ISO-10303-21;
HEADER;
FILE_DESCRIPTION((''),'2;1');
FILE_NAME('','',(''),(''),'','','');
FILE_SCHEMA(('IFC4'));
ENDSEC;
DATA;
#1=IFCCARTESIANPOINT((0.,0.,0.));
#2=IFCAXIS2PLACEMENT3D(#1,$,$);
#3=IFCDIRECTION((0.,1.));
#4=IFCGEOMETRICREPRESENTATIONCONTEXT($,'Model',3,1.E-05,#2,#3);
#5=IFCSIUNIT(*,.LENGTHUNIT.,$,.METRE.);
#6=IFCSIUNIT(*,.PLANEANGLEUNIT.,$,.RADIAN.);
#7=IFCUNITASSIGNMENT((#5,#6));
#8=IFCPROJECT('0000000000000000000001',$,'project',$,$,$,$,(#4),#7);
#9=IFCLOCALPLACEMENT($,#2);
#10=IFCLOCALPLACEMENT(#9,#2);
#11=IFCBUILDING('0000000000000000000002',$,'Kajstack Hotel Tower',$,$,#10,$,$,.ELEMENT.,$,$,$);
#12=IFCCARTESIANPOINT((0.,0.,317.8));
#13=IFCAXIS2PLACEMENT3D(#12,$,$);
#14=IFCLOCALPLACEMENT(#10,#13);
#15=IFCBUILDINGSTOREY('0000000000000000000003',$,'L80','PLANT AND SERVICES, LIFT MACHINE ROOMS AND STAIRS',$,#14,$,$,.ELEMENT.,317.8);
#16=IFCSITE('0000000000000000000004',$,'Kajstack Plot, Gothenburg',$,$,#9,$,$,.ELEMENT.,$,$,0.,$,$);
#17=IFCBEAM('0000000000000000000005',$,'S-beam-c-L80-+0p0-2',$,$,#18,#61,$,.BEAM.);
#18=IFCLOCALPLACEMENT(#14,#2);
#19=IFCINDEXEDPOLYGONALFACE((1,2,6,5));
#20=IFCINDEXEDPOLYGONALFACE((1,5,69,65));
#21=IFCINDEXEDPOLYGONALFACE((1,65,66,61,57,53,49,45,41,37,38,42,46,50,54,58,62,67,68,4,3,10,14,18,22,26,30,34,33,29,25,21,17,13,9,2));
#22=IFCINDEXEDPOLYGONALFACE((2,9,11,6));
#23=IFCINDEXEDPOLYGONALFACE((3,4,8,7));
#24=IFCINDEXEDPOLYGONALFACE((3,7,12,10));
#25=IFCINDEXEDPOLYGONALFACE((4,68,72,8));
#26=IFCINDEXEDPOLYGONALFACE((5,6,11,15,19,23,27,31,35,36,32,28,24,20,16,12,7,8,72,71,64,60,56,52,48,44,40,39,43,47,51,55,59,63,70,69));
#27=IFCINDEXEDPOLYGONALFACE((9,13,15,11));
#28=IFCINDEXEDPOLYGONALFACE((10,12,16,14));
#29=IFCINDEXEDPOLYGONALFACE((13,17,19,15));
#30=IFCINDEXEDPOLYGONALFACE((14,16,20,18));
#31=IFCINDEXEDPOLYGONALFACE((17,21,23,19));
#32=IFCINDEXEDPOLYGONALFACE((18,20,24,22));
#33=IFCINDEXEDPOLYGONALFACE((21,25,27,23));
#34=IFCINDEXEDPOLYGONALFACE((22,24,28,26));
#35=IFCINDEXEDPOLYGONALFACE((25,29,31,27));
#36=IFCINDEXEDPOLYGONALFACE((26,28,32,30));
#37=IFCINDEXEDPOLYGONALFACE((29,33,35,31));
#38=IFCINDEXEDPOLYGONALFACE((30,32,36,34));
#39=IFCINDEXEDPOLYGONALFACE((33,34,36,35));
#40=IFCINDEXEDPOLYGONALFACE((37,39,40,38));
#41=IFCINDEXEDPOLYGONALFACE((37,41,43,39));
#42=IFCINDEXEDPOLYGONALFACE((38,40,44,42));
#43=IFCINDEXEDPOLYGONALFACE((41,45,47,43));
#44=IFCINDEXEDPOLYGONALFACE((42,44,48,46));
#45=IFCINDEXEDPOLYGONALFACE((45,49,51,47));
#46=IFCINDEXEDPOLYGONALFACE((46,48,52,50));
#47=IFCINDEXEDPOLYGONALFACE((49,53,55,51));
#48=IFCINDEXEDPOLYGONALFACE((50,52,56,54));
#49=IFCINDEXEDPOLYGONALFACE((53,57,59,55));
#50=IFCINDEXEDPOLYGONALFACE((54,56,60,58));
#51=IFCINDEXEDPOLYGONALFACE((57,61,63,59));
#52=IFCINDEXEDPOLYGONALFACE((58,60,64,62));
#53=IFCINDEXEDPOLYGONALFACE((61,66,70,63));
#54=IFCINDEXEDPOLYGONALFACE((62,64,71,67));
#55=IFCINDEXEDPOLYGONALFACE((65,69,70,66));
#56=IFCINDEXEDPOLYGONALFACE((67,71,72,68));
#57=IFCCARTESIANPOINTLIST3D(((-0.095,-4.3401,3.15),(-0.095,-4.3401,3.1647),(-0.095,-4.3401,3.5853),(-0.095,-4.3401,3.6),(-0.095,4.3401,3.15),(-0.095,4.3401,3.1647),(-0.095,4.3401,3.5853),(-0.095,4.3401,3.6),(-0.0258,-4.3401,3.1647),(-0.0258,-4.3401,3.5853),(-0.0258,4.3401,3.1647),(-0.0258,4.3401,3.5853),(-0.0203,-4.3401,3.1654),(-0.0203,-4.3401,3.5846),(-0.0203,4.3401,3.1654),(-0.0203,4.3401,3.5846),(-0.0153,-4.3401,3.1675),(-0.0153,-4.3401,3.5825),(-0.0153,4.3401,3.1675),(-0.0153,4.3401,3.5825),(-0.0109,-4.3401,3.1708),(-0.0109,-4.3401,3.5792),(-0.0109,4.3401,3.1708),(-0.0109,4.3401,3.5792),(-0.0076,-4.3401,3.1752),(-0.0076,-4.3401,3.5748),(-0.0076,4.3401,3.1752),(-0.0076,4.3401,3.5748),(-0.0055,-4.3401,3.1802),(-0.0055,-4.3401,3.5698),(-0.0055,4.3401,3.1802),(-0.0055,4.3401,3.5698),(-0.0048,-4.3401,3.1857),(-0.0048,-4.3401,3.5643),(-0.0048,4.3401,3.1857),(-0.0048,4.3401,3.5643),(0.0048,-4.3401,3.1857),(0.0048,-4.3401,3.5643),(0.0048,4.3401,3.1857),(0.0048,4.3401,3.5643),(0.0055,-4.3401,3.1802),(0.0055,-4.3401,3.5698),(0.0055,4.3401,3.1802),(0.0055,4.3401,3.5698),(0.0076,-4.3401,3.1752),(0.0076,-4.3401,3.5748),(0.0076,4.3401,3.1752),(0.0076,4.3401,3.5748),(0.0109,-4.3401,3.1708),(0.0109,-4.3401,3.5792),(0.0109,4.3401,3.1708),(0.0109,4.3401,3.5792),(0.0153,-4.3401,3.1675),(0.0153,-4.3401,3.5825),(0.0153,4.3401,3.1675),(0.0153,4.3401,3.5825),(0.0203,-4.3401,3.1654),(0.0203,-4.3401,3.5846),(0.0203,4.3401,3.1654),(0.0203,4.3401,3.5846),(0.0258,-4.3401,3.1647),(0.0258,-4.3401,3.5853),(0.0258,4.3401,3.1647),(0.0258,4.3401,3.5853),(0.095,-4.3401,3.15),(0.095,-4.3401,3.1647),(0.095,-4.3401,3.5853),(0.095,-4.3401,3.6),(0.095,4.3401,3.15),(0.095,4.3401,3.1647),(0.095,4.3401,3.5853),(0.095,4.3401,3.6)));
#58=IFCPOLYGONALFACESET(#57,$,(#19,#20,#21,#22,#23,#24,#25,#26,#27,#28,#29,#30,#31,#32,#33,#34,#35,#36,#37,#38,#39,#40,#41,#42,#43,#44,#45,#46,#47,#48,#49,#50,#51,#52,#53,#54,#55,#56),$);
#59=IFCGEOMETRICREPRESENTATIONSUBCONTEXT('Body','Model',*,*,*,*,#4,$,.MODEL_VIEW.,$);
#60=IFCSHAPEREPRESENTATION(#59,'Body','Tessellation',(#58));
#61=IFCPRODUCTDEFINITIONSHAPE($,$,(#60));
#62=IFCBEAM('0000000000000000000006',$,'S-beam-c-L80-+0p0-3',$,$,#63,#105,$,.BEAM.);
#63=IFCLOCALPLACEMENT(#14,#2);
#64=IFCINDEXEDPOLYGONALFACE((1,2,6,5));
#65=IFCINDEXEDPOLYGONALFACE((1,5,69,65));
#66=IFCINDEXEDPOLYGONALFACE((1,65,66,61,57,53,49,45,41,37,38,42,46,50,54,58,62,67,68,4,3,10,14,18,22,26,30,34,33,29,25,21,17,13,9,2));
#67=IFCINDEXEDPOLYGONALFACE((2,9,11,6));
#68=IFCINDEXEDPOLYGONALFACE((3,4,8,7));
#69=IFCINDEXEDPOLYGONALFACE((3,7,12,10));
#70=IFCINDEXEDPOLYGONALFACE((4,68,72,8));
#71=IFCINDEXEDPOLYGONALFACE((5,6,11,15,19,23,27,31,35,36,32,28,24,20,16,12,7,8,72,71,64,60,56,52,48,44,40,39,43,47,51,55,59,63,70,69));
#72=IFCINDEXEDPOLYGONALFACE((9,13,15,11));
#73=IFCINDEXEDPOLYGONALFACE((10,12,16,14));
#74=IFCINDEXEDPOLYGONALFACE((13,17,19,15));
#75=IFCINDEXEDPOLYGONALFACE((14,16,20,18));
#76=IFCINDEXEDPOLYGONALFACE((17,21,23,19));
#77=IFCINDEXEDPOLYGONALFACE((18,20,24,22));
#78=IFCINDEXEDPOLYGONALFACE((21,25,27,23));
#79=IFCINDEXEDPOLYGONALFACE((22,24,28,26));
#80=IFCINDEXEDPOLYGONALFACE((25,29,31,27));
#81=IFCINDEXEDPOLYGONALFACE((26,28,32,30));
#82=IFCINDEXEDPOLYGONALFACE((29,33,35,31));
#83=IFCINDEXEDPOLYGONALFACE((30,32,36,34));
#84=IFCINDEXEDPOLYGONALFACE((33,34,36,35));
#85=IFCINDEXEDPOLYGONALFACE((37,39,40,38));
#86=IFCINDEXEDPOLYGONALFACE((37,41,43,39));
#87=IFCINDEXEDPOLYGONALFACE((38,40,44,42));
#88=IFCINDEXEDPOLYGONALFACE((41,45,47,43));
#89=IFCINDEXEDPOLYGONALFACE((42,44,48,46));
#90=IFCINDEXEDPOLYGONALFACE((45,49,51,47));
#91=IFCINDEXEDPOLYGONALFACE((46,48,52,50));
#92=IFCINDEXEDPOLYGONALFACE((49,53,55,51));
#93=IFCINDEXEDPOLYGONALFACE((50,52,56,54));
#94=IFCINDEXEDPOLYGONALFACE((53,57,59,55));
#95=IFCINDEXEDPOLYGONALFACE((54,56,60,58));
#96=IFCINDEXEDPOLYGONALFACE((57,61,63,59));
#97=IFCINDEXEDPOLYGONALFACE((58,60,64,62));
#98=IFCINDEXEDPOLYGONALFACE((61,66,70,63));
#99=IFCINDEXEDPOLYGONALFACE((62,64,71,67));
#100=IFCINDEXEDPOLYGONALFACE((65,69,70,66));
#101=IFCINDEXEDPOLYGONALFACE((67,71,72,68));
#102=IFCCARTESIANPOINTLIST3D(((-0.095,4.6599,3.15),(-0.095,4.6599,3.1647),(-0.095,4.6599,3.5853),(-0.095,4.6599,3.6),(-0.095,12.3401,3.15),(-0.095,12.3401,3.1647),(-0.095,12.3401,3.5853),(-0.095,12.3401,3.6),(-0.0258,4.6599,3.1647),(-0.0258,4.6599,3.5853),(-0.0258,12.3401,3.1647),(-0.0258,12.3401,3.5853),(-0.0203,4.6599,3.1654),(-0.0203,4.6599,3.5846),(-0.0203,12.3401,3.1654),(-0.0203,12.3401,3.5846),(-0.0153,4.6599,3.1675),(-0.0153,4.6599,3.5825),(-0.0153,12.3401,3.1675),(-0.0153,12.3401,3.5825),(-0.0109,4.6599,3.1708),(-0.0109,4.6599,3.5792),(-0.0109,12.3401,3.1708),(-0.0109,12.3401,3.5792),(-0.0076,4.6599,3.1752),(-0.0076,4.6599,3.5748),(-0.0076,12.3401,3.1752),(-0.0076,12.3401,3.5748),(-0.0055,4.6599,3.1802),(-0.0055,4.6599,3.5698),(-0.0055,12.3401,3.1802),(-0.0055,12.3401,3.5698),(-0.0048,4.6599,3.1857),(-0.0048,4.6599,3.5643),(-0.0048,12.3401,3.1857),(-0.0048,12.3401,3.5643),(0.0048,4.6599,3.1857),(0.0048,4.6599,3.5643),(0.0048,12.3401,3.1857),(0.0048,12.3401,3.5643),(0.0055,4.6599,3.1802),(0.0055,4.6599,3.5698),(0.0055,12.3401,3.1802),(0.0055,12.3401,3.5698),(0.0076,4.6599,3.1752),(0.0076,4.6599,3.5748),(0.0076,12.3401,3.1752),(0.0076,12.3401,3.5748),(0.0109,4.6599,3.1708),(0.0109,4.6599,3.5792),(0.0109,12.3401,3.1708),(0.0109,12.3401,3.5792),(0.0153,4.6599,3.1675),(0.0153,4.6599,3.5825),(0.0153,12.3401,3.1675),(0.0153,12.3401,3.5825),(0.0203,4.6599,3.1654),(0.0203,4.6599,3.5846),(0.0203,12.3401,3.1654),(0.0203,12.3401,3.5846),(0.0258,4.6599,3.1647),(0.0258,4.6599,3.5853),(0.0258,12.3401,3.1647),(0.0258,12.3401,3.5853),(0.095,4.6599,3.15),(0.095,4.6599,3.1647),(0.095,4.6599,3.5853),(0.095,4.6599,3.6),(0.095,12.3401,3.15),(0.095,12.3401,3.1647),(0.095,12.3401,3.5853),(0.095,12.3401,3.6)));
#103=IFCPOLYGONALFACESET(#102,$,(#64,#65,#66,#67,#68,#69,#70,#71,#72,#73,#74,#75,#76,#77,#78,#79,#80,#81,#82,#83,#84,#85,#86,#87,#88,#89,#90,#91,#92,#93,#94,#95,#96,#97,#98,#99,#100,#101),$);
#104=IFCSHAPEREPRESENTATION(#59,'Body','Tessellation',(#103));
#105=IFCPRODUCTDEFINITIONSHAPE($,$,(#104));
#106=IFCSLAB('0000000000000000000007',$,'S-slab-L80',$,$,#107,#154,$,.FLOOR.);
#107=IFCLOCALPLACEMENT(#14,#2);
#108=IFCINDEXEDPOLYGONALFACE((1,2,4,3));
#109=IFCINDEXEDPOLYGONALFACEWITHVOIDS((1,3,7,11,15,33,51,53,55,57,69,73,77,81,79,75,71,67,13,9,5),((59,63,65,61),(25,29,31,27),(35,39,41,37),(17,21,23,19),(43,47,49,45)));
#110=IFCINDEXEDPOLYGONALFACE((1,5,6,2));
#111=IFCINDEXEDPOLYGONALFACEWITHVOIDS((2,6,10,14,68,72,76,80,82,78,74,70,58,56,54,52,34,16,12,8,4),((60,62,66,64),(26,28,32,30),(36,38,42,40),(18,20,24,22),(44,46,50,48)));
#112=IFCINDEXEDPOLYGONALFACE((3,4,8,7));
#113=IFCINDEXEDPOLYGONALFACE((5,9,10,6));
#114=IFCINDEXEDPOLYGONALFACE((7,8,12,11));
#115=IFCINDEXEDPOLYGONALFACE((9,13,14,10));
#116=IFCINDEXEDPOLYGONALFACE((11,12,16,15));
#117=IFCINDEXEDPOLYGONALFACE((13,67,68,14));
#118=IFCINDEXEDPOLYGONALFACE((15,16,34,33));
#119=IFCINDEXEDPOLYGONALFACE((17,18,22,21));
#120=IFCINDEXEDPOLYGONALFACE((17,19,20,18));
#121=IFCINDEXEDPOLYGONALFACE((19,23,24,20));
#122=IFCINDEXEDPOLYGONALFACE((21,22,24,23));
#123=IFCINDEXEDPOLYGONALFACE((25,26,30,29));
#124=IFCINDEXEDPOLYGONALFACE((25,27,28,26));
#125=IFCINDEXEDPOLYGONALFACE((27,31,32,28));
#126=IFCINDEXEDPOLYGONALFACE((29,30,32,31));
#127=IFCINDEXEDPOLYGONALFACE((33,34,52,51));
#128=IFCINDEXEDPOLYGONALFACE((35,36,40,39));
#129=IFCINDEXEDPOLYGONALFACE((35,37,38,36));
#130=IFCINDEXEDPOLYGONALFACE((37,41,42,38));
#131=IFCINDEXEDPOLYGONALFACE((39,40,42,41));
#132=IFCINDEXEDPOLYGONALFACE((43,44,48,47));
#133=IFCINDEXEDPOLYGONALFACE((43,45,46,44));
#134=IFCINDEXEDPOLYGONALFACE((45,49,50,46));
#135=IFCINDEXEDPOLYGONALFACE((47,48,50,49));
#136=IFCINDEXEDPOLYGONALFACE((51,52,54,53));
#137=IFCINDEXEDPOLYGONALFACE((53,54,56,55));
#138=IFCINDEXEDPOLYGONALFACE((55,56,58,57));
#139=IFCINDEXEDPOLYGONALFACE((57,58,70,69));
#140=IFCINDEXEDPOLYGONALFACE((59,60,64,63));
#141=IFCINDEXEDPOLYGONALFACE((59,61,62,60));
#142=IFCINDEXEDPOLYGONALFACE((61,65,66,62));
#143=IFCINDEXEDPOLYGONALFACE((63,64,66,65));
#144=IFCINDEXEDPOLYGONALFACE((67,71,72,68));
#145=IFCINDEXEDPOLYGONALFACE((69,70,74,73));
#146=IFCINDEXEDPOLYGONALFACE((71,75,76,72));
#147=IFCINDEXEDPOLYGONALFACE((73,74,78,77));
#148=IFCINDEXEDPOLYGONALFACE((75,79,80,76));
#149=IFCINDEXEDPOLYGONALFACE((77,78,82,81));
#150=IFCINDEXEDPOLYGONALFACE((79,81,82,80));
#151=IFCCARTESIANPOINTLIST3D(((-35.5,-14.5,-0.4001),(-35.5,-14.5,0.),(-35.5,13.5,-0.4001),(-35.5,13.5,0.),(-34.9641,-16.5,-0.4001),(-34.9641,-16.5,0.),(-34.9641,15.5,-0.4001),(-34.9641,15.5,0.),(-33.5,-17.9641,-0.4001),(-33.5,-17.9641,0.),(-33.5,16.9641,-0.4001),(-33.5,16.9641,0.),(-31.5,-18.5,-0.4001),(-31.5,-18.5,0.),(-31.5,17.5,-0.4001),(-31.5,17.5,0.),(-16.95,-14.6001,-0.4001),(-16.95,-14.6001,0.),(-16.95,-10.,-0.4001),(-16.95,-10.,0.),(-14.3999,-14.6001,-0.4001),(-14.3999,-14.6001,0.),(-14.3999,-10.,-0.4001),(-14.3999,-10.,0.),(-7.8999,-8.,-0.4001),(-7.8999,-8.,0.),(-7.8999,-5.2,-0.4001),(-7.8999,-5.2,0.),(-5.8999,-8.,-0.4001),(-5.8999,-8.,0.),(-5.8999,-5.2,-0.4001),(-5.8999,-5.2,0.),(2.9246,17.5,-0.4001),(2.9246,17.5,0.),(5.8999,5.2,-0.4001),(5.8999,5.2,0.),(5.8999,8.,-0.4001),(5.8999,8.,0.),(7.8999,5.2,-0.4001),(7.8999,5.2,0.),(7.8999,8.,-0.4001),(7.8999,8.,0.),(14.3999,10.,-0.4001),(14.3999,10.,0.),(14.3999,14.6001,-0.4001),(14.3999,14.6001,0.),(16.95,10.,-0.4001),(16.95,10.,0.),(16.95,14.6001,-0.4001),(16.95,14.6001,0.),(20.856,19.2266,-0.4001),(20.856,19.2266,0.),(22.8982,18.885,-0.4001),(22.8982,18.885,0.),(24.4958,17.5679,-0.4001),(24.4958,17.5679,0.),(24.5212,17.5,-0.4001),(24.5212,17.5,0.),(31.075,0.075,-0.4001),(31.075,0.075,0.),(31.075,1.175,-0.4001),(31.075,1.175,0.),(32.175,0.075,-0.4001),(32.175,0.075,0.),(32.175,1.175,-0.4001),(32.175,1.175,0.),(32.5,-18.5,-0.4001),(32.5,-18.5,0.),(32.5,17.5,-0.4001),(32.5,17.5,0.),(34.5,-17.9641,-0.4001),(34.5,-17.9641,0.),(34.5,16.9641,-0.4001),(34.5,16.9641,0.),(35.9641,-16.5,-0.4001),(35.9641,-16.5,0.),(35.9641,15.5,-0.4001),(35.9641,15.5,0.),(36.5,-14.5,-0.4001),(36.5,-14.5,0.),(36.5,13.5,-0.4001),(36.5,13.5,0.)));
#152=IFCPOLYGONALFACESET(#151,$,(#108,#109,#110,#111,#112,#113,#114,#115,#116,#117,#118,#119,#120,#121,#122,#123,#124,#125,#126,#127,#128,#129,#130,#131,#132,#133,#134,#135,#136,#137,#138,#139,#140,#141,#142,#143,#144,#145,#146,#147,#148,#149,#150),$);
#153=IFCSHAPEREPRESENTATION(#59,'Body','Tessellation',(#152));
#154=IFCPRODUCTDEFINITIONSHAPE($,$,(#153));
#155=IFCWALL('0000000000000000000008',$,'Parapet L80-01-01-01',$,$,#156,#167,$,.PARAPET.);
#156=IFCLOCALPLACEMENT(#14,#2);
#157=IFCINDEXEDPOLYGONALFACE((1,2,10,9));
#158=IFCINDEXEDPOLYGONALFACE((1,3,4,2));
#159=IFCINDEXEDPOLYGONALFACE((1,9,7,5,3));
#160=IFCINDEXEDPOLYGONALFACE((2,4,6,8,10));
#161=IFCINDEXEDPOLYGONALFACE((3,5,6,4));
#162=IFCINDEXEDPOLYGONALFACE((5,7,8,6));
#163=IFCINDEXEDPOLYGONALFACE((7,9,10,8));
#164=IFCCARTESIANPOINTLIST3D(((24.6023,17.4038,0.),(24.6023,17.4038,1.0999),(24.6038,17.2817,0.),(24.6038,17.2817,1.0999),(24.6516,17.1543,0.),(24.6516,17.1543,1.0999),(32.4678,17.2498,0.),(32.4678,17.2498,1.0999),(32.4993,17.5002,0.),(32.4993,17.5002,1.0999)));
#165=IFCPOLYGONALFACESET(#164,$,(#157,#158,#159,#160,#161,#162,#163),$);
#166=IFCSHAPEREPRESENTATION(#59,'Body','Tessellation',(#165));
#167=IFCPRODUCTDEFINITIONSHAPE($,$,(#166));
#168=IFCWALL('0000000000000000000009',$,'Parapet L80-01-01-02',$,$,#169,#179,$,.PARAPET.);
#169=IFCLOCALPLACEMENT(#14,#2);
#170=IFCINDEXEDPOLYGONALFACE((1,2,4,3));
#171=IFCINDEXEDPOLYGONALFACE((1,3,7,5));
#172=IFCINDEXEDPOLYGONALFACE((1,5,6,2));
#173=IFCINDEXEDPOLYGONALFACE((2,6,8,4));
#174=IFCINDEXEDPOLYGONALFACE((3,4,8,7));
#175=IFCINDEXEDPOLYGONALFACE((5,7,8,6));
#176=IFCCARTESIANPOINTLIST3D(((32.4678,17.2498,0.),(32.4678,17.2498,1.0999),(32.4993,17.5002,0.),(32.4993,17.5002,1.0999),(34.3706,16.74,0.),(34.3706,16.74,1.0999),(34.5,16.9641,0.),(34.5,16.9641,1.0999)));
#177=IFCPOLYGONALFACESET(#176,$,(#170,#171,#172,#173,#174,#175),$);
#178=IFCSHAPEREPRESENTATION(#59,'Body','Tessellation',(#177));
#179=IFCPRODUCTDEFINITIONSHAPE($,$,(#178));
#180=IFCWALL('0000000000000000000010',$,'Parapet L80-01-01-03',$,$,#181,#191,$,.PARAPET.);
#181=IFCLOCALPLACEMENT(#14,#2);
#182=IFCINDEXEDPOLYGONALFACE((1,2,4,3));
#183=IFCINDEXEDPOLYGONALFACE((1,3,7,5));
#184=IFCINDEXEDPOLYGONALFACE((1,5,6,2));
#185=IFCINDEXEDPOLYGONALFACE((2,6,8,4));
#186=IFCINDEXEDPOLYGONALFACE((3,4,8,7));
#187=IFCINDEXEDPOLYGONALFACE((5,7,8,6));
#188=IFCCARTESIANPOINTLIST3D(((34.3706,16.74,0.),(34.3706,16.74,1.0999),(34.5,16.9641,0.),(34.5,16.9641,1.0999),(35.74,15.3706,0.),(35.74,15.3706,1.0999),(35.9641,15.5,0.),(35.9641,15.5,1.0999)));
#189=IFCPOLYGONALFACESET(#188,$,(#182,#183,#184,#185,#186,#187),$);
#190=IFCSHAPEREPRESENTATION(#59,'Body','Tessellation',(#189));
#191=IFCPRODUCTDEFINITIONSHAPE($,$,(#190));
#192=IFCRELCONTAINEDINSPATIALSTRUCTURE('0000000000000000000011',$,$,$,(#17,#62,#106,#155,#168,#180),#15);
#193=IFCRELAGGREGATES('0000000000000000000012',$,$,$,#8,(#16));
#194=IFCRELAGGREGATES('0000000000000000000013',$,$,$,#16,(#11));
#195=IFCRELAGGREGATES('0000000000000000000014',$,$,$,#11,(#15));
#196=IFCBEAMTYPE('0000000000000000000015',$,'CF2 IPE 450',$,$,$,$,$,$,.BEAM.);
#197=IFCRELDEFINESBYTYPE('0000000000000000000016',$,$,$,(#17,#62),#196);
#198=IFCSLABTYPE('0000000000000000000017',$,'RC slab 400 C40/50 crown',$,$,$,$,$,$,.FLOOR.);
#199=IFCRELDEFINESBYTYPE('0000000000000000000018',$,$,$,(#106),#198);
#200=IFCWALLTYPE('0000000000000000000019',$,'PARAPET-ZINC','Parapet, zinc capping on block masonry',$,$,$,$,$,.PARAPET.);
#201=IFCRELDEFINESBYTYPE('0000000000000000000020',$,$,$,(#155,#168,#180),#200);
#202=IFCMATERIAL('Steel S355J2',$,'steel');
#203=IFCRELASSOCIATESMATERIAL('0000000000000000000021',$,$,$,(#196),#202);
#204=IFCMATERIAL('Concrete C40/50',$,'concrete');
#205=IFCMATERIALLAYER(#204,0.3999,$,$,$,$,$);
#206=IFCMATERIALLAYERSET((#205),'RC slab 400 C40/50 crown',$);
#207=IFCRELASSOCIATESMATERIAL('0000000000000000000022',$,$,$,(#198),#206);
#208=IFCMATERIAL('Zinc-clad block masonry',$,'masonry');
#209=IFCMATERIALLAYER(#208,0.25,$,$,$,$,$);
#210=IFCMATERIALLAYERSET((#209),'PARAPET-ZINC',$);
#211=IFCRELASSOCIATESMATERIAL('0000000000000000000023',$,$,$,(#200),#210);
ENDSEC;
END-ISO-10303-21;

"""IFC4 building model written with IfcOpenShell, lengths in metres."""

from ifc_helpers import new_model, si_unit, direction, frame, origin, origin_2d, place, context, subcontext, project, spatial, polyline, i_section, outline, extrude, material, layer, layer_set, material_profile, profile_set, type_object, element, save


model = new_model("IFC4")

# Units and contexts
model_context = context("Model", 3, precision=1e-05, world=origin(), true_north=direction((0.0, 1.0)))
body_context = subcontext(model_context, "Body", "Model", "MODEL_VIEW")
ifc_project = project(units=[si_unit("LENGTHUNIT", "METRE"), si_unit("PLANEANGLEUNIT", "RADIAN")], contexts=[model_context])

# Site, building, storey
site_placement = place(None, origin())
site = spatial("IfcSite", under=ifc_project, at=site_placement, Name="Kajstack Plot, Gothenburg", CompositionType="ELEMENT", RefElevation=0.0)
building_placement = place(site_placement, origin())
building = spatial("IfcBuilding", under=site, at=building_placement, Name="Kajstack Hotel Tower", CompositionType="ELEMENT")
storey_placement = place(building_placement, frame((0.0, 0.0, 317.8)))
storey = spatial("IfcBuildingStorey", under=building, at=storey_placement, Name="L80", Description="PLANT AND SERVICES, LIFT MACHINE ROOMS AND STAIRS", CompositionType="ELEMENT", Elevation=317.8)

# Shared definitions
ifc_material_1 = material(Name="Steel S355J2", Category="steel")

# Beams
ifc_material_profile_1 = material_profile(ifc_material_1, i_section(OverallWidth=0.1899, OverallDepth=0.45, WebThickness=0.0095, FlangeThickness=0.0146, FilletRadius=0.021, at=origin_2d()), Name="IPE 450")
ifc_profile_set_1 = profile_set([ifc_material_profile_1], Name="Steel S355J2")
beam_type = type_object("IfcBeamType", Name="CF2 IPE 450", PredefinedType="BEAM", material=ifc_profile_set_1)
beam_1_placement = place(storey_placement, frame((0.0, -4.3401, 3.375), z_axis=(0.0, 1.0, 0.0), x_axis=(-1.0, 0.0, 0.0)))
element("IfcBeam", 1, at=beam_1_placement, inside=storey, type_object=beam_type, Name="S-beam-c-L80-+0p0-2", PredefinedType="BEAM", context=body_context, shape_type="SweptSolid", body=[
    extrude(i_section(OverallWidth=0.1899, OverallDepth=0.45, WebThickness=0.0095, FlangeThickness=0.0146, FilletRadius=0.021, at=origin_2d()), origin(), (0.0, 0.0, 1.0), 8.6802),
])
beam_2_placement = place(storey_placement, frame((0.0, 4.6599, 3.375), z_axis=(0.0, 1.0, 0.0), x_axis=(-1.0, 0.0, 0.0)))
element("IfcBeam", 2, at=beam_2_placement, inside=storey, type_object=beam_type, Name="S-beam-c-L80-+0p0-3", PredefinedType="BEAM", context=body_context, shape_type="SweptSolid", body=[
    extrude(i_section(OverallWidth=0.1899, OverallDepth=0.45, WebThickness=0.0095, FlangeThickness=0.0146, FilletRadius=0.021, at=origin_2d()), origin(), (0.0, 0.0, 1.0), 7.6802),
])

# Slab
ifc_material_2 = material(Name="Concrete C40/50", Category="concrete")
ifc_layer_1 = layer(ifc_material_2, 0.3999)
ifc_layer_set_1 = layer_set([ifc_layer_1], Name="RC slab 400 C40/50 crown")
slab_type = type_object("IfcSlabType", Name="RC slab 400 C40/50 crown", PredefinedType="FLOOR", material=ifc_layer_set_1)
slab_placement = place(storey_placement, frame((0.0, 0.0, -0.4001)))
element("IfcSlab", 3, at=slab_placement, inside=storey, type_object=slab_type, Name="S-slab-L80", PredefinedType="FLOOR", context=body_context, shape_type="SweptSolid", body=[
    extrude(outline(polyline([(32.5, 17.5), (34.5, 16.9641), (35.9641, 15.5), (36.5, 13.5), (36.5, -14.5), (35.9641, -16.5), (34.5, -17.9641), (32.5, -18.5), (-31.5, -18.5), (-33.5, -17.9641), (-34.9641, -16.5), (-35.5, -14.5), (-35.5, 13.5), (-34.9641, 15.5), (-33.5, 16.9641), (-31.5, 17.5), (2.9246, 17.5), (20.856, 19.2266), (22.8982, 18.885), (24.4958, 17.5679), (24.5212, 17.5), (32.5, 17.5)]), holes=[polyline([(-7.8999, -8.0), (-5.8999, -8.0), (-5.8999, -5.2), (-7.8999, -5.2), (-7.8999, -8.0)]), polyline([(7.8999, 8.0), (5.8999, 8.0), (5.8999, 5.2), (7.8999, 5.2), (7.8999, 8.0)]), polyline([(-16.95, -14.6001), (-14.3999, -14.6001), (-14.3999, -10.0), (-16.95, -10.0), (-16.95, -14.6001)]), polyline([(16.95, 14.6001), (14.3999, 14.6001), (14.3999, 10.0), (16.95, 10.0), (16.95, 14.6001)]), polyline([(31.075, 0.075), (31.075, 1.175), (32.175, 1.175), (32.175, 0.075), (31.075, 0.075)])]), origin(), (0.0, 0.0, 1.0), 0.4001),
])

# Walls
ifc_material_3 = material(Name="Zinc-clad block masonry", Category="masonry")
ifc_layer_2 = layer(ifc_material_3, 0.25)
ifc_layer_set_2 = layer_set([ifc_layer_2], Name="PARAPET-ZINC")
wall_type_1 = type_object("IfcWallType", Name="PARAPET-ZINC", Description="Parapet, zinc capping on block masonry", PredefinedType="PARAPET", material=ifc_layer_set_2)
wall_1_placement = place(storey_placement, origin())
element("IfcWall", 4, at=wall_1_placement, inside=storey, type_object=wall_type_1, Name="Parapet L80-01-01-01", PredefinedType="PARAPET", context=body_context, shape_type="SweptSolid", body=[
    extrude(outline(polyline([(24.6023, 17.4038), (24.6038, 17.2817), (24.6516, 17.1543), (32.4678, 17.2498), (32.4993, 17.5002), (24.6023, 17.4038)])), origin(), (0.0, 0.0, 1.0), 1.0999),
])
wall_2_placement = place(storey_placement, origin())
element("IfcWall", 5, at=wall_2_placement, inside=storey, type_object=wall_type_1, Name="Parapet L80-01-01-02", PredefinedType="PARAPET", context=body_context, shape_type="SweptSolid", body=[
    extrude(outline(polyline([(32.4993, 17.5002), (32.4678, 17.2498), (34.3706, 16.74), (34.5, 16.9641), (32.4993, 17.5002)])), origin(), (0.0, 0.0, 1.0), 1.0999),
])
wall_3_placement = place(storey_placement, origin())
element("IfcWall", 6, at=wall_3_placement, inside=storey, type_object=wall_type_1, Name="Parapet L80-01-01-03", PredefinedType="PARAPET", context=body_context, shape_type="SweptSolid", body=[
    extrude(outline(polyline([(34.5, 16.9641), (34.3706, 16.74), (35.74, 15.3706), (35.9641, 15.5), (34.5, 16.9641)])), origin(), (0.0, 0.0, 1.0), 1.0999),
])

save(model, "model.ifc")
